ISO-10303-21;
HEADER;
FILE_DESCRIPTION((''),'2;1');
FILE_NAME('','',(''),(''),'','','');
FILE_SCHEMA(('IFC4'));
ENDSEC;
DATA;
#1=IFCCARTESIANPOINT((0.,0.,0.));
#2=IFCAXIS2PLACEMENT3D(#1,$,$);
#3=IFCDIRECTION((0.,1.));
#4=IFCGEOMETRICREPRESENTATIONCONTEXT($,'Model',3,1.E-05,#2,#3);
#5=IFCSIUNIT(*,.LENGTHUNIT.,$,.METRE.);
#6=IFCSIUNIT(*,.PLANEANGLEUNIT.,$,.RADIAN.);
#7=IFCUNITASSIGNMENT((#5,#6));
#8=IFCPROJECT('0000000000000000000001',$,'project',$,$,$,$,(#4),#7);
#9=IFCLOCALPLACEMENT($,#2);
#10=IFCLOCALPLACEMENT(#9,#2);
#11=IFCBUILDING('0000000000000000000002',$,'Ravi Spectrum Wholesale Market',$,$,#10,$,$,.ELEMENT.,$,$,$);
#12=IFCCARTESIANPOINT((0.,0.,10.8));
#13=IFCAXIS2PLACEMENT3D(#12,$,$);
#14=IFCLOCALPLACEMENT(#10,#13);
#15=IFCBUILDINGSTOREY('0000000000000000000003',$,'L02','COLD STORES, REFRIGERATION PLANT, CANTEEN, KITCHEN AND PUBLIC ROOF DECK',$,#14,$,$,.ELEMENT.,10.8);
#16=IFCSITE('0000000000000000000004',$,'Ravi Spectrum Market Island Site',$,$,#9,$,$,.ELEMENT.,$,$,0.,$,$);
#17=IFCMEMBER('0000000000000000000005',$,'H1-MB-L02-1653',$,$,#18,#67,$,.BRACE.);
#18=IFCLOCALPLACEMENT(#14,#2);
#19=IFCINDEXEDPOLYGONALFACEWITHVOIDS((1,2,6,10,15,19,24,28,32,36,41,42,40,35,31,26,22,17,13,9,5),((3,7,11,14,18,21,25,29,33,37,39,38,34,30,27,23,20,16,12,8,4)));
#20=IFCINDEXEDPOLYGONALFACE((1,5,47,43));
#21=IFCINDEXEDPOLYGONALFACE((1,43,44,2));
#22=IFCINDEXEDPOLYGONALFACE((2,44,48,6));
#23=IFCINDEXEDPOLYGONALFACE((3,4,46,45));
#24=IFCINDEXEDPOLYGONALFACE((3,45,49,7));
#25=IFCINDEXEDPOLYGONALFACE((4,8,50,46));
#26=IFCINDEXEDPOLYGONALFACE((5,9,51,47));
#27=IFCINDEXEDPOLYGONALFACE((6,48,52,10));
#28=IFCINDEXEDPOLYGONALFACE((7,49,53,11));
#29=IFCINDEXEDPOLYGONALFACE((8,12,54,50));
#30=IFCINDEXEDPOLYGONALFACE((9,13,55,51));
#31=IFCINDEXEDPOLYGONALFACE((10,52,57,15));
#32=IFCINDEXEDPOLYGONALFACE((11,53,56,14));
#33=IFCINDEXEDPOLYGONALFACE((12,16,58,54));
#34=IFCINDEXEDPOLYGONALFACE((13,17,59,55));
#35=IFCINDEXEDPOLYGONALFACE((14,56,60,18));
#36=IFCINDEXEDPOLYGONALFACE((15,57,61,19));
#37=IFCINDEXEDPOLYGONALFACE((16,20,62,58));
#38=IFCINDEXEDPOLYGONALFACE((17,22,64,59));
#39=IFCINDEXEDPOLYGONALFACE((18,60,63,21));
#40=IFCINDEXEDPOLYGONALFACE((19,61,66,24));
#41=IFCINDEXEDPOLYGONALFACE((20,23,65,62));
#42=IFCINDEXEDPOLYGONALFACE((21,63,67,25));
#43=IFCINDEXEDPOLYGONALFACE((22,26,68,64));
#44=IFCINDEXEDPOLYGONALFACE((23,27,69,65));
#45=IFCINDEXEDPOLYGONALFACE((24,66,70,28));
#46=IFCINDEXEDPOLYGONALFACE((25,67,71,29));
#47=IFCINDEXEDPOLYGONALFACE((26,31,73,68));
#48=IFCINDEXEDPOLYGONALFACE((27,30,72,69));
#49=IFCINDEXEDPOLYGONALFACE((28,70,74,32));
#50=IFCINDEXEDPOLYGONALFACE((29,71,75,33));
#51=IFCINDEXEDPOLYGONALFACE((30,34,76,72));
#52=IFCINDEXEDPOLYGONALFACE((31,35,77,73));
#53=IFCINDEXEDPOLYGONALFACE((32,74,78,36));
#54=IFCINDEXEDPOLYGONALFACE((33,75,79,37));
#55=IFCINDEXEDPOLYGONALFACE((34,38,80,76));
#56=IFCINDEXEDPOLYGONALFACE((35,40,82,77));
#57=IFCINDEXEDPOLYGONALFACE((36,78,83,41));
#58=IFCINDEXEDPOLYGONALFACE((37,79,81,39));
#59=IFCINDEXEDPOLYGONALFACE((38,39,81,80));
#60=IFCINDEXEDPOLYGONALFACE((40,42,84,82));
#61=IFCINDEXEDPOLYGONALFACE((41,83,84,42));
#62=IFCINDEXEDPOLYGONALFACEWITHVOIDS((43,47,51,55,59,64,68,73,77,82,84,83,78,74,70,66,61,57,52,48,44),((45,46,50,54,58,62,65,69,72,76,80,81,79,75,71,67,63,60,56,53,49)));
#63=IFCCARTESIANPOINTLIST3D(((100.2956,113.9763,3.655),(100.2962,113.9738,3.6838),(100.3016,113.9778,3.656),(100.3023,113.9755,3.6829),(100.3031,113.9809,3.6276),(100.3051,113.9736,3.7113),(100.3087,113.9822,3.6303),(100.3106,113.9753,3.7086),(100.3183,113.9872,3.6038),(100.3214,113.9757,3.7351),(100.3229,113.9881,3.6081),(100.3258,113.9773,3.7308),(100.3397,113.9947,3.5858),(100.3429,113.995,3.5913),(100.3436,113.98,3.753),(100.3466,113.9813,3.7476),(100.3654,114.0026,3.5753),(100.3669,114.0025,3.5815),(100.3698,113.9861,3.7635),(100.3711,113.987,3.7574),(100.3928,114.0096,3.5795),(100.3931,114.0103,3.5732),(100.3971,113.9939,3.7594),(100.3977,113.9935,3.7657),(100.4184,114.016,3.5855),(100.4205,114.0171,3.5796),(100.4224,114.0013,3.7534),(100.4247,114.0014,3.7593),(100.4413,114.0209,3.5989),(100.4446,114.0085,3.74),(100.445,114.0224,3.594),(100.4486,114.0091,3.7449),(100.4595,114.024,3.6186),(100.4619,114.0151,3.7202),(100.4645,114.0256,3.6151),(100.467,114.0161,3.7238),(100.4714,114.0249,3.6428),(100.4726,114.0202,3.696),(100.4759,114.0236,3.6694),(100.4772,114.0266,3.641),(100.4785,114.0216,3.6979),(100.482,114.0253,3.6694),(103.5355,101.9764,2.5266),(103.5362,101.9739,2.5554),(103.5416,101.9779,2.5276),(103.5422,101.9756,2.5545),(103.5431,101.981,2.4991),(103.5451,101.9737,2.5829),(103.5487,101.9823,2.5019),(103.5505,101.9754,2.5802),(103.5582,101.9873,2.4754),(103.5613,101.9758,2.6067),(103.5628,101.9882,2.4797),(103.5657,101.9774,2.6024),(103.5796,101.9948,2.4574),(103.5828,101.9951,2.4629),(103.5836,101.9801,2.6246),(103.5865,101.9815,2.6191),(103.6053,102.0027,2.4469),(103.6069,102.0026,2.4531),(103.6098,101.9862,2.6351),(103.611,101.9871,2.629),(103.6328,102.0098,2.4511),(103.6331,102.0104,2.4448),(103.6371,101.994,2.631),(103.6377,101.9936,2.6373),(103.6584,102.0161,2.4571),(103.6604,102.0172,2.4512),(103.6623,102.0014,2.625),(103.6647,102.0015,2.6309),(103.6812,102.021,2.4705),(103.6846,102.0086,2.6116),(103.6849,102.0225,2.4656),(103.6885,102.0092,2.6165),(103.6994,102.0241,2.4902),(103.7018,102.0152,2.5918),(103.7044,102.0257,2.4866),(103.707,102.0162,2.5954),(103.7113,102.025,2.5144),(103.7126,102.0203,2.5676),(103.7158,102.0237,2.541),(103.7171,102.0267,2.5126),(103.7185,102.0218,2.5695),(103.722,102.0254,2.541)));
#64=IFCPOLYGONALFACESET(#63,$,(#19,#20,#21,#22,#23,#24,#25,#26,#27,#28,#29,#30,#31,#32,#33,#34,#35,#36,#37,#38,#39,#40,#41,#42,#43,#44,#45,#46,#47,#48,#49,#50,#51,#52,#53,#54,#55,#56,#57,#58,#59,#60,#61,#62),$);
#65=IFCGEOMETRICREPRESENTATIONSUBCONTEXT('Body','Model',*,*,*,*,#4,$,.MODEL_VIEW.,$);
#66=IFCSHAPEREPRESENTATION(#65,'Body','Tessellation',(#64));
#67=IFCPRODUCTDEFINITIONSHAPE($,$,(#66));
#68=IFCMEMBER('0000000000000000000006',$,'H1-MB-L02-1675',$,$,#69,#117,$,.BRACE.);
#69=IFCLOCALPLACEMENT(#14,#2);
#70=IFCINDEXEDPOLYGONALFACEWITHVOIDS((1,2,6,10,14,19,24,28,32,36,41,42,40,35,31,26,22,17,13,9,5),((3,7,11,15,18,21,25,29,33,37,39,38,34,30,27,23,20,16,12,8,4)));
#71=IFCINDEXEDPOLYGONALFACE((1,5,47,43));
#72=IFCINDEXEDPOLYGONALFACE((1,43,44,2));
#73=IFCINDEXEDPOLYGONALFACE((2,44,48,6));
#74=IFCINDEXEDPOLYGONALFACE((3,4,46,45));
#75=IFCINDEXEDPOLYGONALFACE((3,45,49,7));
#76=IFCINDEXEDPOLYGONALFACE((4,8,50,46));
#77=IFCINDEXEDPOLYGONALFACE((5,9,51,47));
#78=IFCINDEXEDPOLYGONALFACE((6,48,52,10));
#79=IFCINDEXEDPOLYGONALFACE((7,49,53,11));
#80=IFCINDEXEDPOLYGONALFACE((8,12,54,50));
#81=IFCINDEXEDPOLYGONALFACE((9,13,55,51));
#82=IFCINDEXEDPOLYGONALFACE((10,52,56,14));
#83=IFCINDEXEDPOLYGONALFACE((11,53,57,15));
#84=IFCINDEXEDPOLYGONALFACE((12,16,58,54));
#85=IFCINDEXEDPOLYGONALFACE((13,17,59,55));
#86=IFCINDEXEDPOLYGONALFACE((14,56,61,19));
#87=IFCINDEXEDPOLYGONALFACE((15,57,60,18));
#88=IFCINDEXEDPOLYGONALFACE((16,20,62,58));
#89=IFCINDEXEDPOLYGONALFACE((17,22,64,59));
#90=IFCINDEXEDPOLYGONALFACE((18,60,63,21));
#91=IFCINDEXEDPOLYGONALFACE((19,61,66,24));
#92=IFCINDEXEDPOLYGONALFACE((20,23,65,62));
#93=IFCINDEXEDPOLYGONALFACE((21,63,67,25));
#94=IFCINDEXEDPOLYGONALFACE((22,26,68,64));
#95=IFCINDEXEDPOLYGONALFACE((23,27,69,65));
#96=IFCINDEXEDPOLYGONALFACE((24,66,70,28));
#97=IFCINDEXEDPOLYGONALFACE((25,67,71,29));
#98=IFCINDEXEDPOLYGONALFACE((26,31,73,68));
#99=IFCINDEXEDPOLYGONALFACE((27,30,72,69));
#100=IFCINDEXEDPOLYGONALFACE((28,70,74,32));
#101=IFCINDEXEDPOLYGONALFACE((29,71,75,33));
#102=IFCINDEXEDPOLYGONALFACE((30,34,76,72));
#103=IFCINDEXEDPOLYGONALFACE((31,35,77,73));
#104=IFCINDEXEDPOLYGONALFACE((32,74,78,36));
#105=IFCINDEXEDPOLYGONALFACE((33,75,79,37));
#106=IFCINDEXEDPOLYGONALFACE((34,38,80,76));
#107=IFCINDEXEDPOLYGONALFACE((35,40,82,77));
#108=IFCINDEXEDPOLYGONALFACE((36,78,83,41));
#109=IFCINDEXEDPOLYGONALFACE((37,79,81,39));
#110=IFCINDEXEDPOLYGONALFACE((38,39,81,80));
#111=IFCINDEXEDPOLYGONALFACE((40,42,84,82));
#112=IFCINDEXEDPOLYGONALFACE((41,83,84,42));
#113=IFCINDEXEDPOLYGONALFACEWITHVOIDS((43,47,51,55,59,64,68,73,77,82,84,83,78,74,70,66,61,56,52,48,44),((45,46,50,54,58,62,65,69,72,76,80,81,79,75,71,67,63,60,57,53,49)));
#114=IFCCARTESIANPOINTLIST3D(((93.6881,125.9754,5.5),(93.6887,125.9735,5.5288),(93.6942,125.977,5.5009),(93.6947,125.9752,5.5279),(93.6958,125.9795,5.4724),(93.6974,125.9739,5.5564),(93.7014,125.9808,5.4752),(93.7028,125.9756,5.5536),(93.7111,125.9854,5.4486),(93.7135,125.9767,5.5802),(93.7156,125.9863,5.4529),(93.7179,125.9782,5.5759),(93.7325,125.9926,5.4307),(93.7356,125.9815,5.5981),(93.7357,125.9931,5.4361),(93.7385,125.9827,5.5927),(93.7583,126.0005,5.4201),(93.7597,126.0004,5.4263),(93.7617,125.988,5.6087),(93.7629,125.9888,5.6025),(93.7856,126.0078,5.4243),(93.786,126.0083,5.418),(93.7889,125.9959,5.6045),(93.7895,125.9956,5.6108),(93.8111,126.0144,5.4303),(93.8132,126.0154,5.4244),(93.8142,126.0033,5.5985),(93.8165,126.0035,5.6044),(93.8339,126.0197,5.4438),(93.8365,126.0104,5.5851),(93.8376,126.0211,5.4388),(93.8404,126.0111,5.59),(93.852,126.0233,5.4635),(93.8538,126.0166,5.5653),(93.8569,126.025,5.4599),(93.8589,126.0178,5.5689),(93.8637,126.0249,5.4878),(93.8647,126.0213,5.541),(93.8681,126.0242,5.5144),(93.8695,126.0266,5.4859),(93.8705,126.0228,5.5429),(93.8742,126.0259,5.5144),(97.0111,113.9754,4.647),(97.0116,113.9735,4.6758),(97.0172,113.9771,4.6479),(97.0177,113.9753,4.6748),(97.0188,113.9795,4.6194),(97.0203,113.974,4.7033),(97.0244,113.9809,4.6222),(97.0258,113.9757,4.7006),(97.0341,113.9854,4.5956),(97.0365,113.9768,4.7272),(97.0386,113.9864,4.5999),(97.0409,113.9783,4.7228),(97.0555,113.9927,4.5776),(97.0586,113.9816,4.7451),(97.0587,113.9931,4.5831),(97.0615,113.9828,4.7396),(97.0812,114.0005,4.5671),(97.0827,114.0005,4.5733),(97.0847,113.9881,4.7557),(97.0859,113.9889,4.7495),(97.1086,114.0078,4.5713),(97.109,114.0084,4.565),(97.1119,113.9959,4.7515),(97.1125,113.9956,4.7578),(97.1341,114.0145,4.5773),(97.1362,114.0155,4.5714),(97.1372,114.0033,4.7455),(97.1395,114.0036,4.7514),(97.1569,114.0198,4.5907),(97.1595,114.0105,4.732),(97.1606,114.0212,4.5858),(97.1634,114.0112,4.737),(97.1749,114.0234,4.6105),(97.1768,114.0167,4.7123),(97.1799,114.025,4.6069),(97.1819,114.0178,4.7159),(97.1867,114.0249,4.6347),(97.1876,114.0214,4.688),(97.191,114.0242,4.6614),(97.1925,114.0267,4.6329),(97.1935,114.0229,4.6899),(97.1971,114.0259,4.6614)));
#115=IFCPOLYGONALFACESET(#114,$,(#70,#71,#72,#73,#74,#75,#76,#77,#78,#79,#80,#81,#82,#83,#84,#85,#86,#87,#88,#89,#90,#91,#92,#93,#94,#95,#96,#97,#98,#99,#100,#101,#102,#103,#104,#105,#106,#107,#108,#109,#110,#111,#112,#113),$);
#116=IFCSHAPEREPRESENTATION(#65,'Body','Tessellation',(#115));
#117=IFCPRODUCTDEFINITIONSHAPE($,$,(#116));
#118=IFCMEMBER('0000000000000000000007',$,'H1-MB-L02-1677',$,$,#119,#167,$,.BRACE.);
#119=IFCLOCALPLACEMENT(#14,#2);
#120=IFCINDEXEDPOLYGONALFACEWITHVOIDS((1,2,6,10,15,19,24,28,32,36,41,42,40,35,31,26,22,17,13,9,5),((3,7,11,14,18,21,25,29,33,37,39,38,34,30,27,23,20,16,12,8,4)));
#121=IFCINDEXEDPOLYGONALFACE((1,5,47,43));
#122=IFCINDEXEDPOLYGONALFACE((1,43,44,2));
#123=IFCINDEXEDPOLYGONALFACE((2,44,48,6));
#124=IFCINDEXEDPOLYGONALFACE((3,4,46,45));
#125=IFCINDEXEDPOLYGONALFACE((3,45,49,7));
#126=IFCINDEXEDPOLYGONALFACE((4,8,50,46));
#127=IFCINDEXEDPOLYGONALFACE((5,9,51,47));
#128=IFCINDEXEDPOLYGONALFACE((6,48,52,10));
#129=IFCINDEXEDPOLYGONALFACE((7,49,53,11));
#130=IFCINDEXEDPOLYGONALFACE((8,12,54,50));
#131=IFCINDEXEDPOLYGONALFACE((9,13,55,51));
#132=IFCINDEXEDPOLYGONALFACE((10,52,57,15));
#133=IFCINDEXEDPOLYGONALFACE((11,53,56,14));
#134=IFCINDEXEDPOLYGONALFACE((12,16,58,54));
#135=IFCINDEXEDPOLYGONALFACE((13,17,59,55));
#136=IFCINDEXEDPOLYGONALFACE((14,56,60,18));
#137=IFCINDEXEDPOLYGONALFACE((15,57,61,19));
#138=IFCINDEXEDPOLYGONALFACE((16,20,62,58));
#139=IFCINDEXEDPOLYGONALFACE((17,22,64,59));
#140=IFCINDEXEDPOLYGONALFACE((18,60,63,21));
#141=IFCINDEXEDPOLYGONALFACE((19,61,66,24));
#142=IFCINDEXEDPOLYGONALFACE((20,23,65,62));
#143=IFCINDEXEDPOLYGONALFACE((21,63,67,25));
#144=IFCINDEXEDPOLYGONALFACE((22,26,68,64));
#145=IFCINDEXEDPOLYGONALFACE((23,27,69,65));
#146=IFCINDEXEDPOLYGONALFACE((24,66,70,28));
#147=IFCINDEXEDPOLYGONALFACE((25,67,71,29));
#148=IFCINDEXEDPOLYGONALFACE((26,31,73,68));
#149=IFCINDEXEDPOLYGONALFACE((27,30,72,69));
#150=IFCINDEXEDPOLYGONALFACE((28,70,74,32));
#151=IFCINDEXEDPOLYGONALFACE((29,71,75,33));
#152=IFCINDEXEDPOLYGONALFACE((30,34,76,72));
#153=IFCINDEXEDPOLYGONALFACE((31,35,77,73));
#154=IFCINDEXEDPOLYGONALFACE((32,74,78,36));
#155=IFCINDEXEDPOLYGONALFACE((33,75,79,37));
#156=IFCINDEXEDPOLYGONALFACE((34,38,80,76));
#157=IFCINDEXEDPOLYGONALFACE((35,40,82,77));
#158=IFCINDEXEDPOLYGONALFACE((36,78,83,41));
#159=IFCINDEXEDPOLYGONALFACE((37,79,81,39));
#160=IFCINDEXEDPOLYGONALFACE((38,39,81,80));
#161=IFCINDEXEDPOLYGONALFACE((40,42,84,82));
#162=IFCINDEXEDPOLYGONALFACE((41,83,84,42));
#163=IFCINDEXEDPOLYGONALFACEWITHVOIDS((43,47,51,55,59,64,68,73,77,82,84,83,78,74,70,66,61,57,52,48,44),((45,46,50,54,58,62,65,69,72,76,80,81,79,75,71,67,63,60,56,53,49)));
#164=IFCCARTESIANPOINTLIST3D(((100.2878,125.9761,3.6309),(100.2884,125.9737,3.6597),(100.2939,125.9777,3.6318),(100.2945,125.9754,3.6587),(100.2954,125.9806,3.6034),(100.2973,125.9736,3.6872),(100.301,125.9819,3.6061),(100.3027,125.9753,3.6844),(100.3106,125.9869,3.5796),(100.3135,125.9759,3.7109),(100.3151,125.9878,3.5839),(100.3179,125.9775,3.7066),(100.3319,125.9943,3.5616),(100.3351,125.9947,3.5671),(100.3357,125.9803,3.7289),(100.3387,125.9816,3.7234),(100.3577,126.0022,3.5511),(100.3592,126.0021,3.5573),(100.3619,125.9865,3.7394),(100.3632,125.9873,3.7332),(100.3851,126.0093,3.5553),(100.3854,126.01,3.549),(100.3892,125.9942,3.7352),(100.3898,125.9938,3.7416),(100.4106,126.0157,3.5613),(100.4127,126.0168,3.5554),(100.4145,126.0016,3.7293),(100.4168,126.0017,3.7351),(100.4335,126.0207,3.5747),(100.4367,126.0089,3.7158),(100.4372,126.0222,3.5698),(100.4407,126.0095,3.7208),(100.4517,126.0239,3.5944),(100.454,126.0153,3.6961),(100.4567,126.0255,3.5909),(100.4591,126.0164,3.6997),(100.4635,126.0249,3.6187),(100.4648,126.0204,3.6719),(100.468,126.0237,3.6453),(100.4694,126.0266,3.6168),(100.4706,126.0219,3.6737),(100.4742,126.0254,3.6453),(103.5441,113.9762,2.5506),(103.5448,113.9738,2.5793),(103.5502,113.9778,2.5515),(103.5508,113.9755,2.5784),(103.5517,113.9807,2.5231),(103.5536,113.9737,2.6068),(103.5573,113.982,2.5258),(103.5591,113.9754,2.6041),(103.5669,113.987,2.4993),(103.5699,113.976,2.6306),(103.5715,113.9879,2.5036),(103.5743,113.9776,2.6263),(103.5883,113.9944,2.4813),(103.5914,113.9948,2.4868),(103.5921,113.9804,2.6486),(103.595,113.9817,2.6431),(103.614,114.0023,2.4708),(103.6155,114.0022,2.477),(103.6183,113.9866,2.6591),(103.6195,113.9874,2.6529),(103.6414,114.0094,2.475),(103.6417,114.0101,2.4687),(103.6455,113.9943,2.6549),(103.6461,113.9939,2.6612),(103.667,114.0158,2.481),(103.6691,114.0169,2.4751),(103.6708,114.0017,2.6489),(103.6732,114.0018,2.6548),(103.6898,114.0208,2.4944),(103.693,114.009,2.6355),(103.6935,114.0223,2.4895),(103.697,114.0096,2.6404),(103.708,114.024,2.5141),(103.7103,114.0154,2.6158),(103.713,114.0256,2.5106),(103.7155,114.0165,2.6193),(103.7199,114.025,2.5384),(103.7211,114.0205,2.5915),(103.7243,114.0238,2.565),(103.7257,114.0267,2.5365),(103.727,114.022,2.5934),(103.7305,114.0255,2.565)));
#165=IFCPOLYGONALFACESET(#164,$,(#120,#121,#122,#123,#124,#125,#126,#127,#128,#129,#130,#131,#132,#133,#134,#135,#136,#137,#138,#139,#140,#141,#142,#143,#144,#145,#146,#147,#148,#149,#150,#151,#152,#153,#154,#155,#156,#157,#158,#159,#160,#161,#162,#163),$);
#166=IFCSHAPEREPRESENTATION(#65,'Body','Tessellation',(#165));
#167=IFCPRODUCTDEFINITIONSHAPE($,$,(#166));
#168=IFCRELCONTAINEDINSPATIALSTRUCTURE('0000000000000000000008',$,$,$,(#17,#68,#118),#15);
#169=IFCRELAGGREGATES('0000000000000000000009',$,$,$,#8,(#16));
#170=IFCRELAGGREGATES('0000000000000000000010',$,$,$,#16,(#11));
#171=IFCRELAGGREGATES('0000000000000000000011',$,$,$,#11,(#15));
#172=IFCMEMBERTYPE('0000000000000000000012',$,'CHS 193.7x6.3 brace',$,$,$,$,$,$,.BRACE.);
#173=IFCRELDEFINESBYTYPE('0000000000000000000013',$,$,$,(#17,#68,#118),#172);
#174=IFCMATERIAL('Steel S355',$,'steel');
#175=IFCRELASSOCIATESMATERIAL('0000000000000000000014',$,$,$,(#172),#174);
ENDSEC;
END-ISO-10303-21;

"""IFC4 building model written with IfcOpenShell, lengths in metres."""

from ifc_helpers import new_model, si_unit, direction, frame, origin, origin_2d, place, context, subcontext, project, spatial, hollow_circle, extrude, material, material_profile, profile_set, type_object, element, save


model = new_model("IFC4")

# Units and contexts
model_context = context("Model", 3, precision=1e-05, world=origin(), true_north=direction((0.0, 1.0)))
body_context = subcontext(model_context, "Body", "Model", "MODEL_VIEW")
ifc_project = project(units=[si_unit("LENGTHUNIT", "METRE"), si_unit("PLANEANGLEUNIT", "RADIAN")], contexts=[model_context])

# Site, building, storey
site_placement = place(None, origin())
site = spatial("IfcSite", under=ifc_project, at=site_placement, Name="Ravi Spectrum Market Island Site", CompositionType="ELEMENT", RefElevation=0.0)
building_placement = place(site_placement, origin())
building = spatial("IfcBuilding", under=site, at=building_placement, Name="Ravi Spectrum Wholesale Market", CompositionType="ELEMENT")
storey_placement = place(building_placement, frame((0.0, 0.0, 10.8)))
storey = spatial("IfcBuildingStorey", under=building, at=storey_placement, Name="L02", Description="COLD STORES, REFRIGERATION PLANT, CANTEEN, KITCHEN AND PUBLIC ROOF DECK", CompositionType="ELEMENT", Elevation=10.8)

# Members
ifc_material_1 = material(Name="Steel S355", Category="steel")
ifc_material_profile_1 = material_profile(ifc_material_1, hollow_circle(Radius=0.0969, WallThickness=0.0063, at=origin_2d()))
ifc_profile_set_1 = profile_set([ifc_material_profile_1], Name="Steel S355")
member_type_1 = type_object("IfcMemberType", Name="CHS 193.7x6.3 brace", PredefinedType="BRACE", material=ifc_profile_set_1)
for number, where, z_axis, x_axis, name in (
    (1, (100.3884, 114.0, 3.6694), (0.259598, -0.961475, -0.090412), (0.965429, 0.260665, 0.0), "H1-MB-L02-1653"),
    (2, (93.7808, 126.0, 5.5144), (0.266249, -0.961478, -0.068347), (0.963732, 0.266873, 0.0), "H1-MB-L02-1675"),
    (3, (100.3806, 126.0, 3.6453), (0.260908, -0.961475, -0.086559), (0.965097, 0.261891, 0.0), "H1-MB-L02-1677"),
):
    element("IfcMember", number, at=place(storey_placement, frame(where, z_axis=z_axis, x_axis=x_axis)), inside=storey, type_object=member_type_1, Name=name, PredefinedType="BRACE", context=body_context, shape_type="SweptSolid", body=[
        extrude(hollow_circle(Radius=0.0969, WallThickness=0.0063, at=origin_2d()), origin(), (0.0, 0.0, 1.0), 12.4807),
    ])

save(model, "model.ifc")
